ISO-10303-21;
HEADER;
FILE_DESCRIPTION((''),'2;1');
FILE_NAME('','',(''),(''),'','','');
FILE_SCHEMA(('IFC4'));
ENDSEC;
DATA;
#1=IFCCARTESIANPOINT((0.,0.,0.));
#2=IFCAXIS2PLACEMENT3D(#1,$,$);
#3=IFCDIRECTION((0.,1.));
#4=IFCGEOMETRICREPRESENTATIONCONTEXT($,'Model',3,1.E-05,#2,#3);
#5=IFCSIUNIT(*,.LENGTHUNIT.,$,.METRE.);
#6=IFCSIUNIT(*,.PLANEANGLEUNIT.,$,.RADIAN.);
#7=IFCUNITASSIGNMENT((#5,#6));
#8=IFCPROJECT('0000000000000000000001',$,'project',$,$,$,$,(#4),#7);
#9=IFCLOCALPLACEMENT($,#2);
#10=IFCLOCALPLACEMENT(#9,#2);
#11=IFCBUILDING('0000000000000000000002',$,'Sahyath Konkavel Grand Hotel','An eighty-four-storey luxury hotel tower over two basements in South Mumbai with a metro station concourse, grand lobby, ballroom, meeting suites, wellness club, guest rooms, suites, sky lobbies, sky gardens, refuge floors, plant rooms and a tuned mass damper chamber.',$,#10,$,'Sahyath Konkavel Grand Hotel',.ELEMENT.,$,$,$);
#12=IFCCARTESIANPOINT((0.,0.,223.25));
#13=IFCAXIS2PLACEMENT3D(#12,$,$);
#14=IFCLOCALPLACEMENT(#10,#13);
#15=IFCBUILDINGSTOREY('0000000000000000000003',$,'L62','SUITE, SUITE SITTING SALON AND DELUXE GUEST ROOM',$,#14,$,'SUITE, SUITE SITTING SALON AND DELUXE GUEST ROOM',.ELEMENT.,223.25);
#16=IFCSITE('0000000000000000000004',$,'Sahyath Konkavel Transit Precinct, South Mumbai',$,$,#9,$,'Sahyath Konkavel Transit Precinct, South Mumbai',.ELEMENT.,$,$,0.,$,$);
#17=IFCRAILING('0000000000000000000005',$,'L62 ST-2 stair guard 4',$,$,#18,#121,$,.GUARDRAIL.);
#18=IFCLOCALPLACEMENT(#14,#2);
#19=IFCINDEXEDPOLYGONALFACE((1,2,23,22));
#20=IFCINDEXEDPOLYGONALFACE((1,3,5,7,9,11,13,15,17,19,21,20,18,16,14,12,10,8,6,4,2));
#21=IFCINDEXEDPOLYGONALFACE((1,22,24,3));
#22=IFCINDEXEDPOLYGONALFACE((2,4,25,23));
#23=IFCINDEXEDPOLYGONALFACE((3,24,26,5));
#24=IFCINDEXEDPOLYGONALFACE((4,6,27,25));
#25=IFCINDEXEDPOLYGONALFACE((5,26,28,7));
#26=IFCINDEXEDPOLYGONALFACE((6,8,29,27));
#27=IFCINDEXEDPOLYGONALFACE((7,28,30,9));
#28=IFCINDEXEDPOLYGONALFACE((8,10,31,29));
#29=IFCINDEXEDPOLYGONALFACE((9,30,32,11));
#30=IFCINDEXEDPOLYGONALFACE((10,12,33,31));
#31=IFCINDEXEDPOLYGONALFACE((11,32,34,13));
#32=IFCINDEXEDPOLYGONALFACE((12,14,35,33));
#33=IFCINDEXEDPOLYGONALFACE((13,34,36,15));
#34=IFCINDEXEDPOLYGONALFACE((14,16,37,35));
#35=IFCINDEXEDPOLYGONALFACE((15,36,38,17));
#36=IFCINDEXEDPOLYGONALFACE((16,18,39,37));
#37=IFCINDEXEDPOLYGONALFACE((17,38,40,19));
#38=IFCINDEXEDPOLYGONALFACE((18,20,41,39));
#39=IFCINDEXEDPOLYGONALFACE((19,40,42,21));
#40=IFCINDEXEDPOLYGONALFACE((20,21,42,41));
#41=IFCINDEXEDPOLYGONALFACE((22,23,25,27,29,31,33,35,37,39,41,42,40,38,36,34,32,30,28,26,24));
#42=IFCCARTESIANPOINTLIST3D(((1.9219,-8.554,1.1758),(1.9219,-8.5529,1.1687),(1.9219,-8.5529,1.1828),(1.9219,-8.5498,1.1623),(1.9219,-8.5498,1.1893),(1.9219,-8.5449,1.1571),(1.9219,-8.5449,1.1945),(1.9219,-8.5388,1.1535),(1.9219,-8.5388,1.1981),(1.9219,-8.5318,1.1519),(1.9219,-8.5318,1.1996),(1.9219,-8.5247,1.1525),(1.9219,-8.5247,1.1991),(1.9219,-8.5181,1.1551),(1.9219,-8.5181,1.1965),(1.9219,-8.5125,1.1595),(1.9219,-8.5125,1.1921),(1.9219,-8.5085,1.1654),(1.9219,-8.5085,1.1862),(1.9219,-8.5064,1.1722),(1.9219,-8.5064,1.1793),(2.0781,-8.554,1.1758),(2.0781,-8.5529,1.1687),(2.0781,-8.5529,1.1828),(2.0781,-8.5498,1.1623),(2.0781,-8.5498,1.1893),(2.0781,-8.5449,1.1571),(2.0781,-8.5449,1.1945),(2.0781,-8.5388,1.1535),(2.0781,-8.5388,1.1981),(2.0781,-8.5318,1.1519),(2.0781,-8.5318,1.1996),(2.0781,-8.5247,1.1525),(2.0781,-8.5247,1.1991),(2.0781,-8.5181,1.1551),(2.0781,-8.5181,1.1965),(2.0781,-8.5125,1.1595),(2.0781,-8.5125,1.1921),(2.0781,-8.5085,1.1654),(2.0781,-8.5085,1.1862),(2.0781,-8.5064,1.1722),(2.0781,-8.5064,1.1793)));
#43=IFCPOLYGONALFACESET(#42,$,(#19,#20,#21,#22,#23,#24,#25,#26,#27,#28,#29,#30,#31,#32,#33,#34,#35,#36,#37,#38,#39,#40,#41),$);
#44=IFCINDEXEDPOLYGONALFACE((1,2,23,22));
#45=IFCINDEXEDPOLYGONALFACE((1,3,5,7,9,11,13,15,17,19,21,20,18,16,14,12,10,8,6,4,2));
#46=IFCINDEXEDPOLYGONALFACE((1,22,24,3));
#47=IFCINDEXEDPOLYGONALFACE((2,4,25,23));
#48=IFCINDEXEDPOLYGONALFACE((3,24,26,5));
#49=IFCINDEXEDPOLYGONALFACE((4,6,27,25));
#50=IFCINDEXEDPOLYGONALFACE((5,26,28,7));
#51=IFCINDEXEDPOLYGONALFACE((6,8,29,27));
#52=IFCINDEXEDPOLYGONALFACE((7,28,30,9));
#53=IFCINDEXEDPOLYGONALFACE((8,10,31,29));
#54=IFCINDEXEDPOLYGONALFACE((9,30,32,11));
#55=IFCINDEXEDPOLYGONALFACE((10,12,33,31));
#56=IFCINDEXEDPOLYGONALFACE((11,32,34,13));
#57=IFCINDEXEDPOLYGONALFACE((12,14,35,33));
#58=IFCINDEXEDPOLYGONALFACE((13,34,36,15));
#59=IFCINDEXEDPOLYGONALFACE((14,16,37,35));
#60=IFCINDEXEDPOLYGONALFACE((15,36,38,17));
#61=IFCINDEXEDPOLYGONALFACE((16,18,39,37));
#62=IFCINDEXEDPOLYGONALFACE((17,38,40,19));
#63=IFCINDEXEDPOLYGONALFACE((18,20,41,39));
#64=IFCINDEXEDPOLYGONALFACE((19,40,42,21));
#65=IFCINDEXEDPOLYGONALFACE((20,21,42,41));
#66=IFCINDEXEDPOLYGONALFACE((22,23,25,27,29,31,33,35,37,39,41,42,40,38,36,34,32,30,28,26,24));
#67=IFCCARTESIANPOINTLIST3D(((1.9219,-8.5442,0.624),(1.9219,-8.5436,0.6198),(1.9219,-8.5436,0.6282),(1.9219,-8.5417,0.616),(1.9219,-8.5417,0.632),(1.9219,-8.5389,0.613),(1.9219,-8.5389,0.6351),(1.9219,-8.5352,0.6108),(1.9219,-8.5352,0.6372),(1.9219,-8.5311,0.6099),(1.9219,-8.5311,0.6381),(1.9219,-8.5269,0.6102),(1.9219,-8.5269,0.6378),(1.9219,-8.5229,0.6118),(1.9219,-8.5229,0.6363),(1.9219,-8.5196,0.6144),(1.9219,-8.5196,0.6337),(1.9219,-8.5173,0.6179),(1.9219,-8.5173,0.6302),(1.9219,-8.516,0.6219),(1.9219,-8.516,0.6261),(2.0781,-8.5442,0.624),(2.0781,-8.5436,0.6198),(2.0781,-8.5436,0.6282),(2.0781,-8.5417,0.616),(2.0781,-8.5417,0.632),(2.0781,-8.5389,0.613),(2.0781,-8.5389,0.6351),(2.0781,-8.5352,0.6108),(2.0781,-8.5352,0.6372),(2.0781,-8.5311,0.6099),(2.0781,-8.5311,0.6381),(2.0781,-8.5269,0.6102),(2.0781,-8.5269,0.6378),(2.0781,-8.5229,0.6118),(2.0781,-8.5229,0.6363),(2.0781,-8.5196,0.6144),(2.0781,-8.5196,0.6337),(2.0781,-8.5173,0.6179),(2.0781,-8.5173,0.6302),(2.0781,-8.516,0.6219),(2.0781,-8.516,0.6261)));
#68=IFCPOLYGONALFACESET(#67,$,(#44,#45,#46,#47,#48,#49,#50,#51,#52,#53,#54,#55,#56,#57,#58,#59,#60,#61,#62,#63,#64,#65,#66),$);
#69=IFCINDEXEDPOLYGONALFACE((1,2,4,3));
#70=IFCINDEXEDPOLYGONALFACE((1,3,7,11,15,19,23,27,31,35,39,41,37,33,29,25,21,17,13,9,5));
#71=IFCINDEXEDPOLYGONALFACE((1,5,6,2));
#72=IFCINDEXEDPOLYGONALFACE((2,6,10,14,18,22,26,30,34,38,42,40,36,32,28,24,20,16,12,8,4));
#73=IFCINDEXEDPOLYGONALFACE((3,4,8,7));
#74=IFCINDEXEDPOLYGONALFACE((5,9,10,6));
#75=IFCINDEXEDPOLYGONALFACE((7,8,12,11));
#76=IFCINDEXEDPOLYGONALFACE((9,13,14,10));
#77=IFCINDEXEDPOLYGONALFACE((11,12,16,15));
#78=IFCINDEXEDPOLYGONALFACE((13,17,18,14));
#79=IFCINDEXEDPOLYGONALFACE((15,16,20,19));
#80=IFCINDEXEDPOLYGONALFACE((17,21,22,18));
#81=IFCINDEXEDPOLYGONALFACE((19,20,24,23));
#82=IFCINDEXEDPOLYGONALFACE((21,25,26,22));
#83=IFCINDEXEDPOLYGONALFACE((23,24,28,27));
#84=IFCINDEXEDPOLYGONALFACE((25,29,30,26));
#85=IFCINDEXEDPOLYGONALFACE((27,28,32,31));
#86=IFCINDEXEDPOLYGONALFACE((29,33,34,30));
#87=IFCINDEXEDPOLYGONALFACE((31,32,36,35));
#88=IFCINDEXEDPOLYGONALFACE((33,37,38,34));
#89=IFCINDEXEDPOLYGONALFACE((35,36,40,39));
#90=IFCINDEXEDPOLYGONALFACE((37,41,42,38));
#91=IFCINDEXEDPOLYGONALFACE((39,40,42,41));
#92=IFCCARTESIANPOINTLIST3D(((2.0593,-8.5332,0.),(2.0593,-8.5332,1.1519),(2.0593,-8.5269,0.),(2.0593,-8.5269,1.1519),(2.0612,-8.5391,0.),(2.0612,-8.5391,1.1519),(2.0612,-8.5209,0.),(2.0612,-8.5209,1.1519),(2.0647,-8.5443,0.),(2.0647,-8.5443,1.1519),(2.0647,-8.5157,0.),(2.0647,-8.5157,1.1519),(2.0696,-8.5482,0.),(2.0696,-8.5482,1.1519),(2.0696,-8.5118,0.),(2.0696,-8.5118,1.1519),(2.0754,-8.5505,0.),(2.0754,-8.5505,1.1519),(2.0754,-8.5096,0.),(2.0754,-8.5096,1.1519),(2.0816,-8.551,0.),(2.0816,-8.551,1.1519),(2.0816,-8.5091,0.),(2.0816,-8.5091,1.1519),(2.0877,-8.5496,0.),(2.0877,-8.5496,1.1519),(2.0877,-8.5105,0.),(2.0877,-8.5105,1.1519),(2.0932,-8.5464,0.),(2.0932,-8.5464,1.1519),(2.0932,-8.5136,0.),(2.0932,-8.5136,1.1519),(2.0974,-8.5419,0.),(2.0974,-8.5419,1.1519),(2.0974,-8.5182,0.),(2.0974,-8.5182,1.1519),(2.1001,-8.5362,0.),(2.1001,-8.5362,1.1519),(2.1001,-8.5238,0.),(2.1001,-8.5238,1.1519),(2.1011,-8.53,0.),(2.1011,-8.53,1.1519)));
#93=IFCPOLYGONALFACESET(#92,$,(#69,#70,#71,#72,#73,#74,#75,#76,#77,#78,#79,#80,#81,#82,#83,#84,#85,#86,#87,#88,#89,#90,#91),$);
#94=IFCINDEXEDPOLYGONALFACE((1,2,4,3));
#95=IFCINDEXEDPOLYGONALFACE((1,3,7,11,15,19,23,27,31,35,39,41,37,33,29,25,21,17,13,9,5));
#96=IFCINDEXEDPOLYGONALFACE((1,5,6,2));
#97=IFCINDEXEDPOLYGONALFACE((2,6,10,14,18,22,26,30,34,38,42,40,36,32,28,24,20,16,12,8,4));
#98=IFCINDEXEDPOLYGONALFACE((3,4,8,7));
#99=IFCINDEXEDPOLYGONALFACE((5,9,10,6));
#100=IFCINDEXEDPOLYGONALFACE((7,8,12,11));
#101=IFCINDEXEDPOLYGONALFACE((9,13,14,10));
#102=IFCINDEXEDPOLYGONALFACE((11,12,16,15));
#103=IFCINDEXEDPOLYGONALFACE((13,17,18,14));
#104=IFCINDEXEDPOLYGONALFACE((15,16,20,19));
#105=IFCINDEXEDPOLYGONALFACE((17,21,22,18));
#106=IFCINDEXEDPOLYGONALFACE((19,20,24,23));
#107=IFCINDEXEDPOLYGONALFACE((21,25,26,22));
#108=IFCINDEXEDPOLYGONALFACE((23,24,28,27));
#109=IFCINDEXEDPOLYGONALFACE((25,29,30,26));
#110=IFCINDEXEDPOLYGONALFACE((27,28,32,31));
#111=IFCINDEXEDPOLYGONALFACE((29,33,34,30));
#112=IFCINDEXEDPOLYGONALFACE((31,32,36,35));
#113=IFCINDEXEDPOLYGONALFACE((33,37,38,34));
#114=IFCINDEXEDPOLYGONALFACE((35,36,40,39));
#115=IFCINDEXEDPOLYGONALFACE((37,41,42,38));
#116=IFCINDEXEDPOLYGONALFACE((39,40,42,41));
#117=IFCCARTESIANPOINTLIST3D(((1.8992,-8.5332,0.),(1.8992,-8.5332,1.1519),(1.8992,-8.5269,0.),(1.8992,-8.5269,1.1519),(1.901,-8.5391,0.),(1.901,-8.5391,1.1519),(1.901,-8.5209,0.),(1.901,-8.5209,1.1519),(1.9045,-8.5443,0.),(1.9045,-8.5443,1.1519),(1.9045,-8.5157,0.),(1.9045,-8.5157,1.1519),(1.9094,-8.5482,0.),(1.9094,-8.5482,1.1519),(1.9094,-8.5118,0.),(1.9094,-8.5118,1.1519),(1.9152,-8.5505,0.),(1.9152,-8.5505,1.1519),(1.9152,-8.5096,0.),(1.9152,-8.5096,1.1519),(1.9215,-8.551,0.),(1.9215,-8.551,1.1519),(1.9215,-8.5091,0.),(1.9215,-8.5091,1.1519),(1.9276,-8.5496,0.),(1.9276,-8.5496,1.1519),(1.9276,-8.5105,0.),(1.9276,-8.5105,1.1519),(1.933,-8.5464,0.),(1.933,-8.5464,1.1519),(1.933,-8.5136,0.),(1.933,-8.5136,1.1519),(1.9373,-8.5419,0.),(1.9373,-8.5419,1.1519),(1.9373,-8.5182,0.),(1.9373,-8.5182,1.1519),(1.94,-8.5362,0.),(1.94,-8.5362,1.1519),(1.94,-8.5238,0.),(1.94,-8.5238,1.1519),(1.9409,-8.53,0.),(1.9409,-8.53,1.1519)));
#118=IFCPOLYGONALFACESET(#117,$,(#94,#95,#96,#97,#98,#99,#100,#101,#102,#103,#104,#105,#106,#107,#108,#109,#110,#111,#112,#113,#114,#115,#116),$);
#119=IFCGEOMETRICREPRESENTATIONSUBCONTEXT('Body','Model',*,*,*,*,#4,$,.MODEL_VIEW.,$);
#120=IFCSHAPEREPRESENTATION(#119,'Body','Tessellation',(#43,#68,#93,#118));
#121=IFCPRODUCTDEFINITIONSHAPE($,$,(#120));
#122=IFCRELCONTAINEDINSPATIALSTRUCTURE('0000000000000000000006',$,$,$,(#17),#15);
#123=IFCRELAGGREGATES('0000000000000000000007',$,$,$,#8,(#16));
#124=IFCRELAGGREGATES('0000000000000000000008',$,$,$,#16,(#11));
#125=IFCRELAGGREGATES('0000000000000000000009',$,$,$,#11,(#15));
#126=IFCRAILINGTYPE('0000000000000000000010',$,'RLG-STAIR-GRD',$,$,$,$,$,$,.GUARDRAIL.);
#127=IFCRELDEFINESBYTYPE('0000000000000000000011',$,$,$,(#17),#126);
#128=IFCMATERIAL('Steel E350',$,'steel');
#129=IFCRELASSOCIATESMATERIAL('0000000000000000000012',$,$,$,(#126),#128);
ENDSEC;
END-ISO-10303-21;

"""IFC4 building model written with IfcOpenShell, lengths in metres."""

from ifc_helpers import new_model, si_unit, direction, frame, origin, origin_2d, place, context, subcontext, project, spatial, circle, extrude, material, type_object, element, save


model = new_model("IFC4")

# Units and contexts
model_context = context("Model", 3, precision=1e-05, world=origin(), true_north=direction((0.0, 1.0)))
body_context = subcontext(model_context, "Body", "Model", "MODEL_VIEW")
ifc_project = project(units=[si_unit("LENGTHUNIT", "METRE"), si_unit("PLANEANGLEUNIT", "RADIAN")], contexts=[model_context])

# Site, building, storey
site_placement = place(None, origin())
site = spatial("IfcSite", under=ifc_project, at=site_placement, Name="Sahyath Konkavel Transit Precinct, South Mumbai", LongName="Sahyath Konkavel Transit Precinct, South Mumbai", CompositionType="ELEMENT", RefElevation=0.0)
building_placement = place(site_placement, origin())
building = spatial("IfcBuilding", under=site, at=building_placement, Name="Sahyath Konkavel Grand Hotel", Description="An eighty-four-storey luxury hotel tower over two basements in South Mumbai with a metro station concourse, grand lobby, ballroom, meeting suites, wellness club, guest rooms, suites, sky lobbies, sky gardens, refuge floors, plant rooms and a tuned mass damper chamber.", LongName="Sahyath Konkavel Grand Hotel", CompositionType="ELEMENT")
storey_placement = place(building_placement, frame((0.0, 0.0, 223.25)))
storey = spatial("IfcBuildingStorey", under=building, at=storey_placement, Name="L62", Description="SUITE, SUITE SITTING SALON AND DELUXE GUEST ROOM", LongName="SUITE, SUITE SITTING SALON AND DELUXE GUEST ROOM", CompositionType="ELEMENT", Elevation=223.25)

# Shared definitions
ifc_material_1 = material(Name="Steel E350", Category="steel")

# Railing
railing_type_1 = type_object("IfcRailingType", Name="RLG-STAIR-GRD", PredefinedType="GUARDRAIL", material=ifc_material_1)
railing_1_placement = place(storey_placement, frame((2.0801, -8.53, 0.0)))
element("IfcRailing", 1, at=railing_1_placement, inside=storey, type_object=railing_type_1, Name="L62 ST-2 stair guard 4", PredefinedType="GUARDRAIL", context=body_context, shape_type="SweptSolid", body=[
    extrude(circle(Radius=0.0239, at=origin_2d()), frame((-0.002, 0.0, 1.1758), z_axis=(-1.0, 0.0, 0.0), x_axis=(0.0, -1.0, 0.0)), (0.0, 0.0, 1.0), 0.1562),
    extrude(circle(Radius=0.0142, at=origin_2d()), frame((-0.002, 0.0, 0.624), z_axis=(-1.0, 0.0, 0.0), x_axis=(0.0, -1.0, 0.0)), (0.0, 0.0, 1.0), 0.1562),
    extrude(circle(Radius=0.021, at=origin_2d()), origin(), (0.0, 0.0, 1.0), 1.1519),
    extrude(circle(Radius=0.021, at=origin_2d()), frame((-0.1602, 0.0, 0.0)), (0.0, 0.0, 1.0), 1.1519),
])

save(model, "model.ifc")
